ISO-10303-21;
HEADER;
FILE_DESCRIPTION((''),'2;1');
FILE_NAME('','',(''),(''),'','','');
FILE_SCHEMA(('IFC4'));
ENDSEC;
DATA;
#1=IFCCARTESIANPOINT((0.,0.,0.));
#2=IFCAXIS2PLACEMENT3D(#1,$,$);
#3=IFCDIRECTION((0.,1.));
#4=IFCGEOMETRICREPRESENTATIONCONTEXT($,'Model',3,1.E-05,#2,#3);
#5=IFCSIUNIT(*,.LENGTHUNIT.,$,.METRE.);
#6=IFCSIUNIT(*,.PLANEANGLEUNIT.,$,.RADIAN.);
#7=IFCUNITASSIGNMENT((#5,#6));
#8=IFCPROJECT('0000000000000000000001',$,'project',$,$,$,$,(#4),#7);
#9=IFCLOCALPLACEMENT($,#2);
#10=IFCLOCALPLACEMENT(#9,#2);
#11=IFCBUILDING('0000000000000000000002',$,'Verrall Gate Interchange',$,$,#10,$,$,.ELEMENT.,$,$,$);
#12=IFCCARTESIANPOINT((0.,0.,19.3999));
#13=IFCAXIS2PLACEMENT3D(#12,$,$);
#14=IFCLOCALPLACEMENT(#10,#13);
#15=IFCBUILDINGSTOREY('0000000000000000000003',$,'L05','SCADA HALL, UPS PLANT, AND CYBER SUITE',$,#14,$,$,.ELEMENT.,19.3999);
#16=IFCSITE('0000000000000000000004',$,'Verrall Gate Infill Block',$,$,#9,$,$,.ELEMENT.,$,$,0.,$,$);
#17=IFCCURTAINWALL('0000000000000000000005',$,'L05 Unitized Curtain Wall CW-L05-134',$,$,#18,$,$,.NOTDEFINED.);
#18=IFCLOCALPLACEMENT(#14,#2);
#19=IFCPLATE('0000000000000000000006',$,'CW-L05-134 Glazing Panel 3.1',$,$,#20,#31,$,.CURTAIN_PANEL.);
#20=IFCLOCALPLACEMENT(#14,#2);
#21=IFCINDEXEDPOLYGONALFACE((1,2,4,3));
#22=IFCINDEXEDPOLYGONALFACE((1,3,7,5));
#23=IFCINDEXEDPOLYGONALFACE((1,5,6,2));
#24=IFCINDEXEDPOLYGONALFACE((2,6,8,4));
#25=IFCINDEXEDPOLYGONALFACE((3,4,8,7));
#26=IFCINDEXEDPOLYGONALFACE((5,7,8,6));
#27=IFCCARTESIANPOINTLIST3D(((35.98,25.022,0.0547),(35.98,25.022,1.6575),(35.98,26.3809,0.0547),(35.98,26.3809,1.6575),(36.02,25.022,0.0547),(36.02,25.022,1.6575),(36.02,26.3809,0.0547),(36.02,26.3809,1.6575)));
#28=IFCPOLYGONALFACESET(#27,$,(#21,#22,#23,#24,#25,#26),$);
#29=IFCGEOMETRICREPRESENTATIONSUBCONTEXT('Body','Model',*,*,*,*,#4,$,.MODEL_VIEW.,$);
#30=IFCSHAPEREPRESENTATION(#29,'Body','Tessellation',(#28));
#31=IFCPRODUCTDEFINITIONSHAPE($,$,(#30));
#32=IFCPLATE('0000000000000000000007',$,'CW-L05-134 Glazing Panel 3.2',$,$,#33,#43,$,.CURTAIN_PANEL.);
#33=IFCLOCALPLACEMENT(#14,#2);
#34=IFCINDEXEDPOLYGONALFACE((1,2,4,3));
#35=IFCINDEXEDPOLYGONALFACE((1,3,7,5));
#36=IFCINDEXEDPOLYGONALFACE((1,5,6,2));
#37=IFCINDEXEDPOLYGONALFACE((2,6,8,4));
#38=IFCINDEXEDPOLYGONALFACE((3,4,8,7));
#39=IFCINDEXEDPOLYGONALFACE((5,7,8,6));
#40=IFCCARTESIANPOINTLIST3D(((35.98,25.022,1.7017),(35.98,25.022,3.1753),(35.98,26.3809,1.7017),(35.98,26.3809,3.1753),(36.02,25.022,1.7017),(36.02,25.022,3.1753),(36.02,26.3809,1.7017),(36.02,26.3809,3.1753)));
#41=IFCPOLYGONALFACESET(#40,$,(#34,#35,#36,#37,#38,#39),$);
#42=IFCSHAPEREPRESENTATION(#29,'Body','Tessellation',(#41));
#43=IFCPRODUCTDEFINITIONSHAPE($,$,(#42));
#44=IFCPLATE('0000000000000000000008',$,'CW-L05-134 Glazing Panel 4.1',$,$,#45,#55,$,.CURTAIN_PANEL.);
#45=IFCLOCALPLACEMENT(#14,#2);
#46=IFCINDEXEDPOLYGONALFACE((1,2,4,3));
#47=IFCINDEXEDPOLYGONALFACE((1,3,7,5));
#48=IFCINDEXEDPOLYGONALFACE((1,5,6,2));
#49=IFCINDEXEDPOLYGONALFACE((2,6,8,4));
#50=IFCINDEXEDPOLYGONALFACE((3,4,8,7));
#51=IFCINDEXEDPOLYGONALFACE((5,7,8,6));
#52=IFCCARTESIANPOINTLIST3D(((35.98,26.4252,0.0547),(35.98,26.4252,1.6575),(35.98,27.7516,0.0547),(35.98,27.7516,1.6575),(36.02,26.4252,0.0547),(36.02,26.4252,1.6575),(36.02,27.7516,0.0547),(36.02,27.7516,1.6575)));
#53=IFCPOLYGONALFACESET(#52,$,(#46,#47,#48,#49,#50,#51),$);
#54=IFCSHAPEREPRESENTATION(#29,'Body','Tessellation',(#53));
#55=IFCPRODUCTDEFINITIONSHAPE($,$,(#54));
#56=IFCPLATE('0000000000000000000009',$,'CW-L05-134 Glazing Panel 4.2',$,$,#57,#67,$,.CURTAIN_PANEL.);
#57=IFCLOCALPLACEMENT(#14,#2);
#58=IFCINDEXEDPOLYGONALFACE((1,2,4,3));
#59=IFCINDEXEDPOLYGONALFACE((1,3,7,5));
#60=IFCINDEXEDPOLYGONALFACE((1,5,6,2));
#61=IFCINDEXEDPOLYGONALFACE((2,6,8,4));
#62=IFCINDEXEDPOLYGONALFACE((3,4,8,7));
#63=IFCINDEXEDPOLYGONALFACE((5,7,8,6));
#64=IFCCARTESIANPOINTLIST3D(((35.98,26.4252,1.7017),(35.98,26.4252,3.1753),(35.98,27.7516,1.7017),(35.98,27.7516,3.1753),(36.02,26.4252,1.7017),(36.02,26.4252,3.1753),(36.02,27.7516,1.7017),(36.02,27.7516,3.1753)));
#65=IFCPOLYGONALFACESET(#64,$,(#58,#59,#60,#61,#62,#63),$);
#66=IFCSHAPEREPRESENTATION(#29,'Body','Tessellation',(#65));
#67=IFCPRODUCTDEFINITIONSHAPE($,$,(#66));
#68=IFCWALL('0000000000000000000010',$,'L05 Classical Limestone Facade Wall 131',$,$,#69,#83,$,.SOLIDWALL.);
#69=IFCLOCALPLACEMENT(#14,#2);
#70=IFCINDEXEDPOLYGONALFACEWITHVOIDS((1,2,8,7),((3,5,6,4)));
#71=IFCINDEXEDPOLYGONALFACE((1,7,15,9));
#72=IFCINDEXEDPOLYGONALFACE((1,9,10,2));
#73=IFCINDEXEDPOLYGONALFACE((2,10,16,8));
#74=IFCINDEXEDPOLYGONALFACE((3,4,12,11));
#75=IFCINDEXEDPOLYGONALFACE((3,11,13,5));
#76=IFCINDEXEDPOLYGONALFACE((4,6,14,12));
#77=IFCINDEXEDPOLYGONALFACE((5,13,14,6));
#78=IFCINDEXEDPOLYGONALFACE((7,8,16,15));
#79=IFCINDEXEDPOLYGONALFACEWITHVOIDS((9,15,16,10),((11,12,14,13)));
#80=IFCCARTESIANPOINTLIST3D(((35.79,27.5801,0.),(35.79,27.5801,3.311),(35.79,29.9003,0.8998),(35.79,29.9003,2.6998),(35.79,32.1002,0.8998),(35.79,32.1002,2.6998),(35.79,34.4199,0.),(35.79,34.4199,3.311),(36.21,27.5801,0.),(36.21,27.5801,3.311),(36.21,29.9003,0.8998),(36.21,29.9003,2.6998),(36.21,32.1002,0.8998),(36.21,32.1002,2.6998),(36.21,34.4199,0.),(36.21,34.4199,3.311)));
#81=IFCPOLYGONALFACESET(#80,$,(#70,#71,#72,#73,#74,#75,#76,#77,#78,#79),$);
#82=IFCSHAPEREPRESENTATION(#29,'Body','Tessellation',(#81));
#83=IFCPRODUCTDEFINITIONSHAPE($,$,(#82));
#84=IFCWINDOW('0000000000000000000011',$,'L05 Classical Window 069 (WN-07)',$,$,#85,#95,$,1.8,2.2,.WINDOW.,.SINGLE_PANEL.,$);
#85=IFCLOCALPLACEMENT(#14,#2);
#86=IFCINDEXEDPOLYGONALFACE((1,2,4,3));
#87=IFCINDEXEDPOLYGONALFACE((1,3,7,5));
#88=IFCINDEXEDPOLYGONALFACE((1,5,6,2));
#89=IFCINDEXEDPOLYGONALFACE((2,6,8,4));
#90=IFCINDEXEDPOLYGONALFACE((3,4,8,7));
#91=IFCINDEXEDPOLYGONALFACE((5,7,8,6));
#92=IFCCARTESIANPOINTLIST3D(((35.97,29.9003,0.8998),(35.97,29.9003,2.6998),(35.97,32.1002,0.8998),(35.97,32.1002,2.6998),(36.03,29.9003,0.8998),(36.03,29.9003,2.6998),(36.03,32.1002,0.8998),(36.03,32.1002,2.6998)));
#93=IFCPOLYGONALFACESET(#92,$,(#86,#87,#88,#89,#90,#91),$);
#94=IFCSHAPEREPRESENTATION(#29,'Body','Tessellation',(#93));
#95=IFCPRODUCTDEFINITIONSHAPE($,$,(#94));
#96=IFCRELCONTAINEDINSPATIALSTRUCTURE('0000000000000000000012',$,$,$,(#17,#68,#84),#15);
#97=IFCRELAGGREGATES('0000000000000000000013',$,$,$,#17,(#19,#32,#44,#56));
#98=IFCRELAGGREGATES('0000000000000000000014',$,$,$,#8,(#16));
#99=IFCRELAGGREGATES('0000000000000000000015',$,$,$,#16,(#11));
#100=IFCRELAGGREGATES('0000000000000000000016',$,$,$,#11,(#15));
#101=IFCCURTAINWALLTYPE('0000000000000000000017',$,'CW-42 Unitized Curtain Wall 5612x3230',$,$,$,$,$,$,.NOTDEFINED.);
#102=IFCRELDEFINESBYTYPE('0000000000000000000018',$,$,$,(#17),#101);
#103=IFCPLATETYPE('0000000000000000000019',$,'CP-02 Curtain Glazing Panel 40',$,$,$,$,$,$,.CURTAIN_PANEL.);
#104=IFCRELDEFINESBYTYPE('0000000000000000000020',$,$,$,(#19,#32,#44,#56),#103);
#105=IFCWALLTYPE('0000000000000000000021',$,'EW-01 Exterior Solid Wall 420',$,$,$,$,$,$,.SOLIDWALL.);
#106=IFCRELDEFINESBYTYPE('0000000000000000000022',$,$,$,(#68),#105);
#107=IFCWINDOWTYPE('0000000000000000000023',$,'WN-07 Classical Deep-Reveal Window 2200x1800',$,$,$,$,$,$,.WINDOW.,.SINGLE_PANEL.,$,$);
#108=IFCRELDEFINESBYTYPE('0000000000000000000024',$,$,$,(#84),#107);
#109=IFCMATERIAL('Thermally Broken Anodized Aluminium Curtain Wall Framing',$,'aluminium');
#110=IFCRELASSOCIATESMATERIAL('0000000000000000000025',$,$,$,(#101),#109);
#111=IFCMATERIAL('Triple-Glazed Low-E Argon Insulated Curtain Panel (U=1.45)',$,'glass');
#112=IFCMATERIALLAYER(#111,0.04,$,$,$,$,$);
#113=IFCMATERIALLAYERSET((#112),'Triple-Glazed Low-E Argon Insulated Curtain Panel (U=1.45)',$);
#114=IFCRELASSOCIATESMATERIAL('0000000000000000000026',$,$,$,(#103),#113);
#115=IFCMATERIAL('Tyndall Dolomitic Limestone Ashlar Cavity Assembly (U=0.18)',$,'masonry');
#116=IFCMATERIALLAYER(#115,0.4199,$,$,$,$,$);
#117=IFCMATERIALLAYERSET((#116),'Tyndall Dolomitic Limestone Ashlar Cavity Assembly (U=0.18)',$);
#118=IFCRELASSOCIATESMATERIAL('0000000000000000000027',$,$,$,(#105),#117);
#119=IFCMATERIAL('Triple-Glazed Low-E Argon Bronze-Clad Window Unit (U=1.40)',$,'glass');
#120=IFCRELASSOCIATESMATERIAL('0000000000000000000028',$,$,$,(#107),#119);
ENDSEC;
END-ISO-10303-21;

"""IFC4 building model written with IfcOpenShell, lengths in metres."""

from ifc_helpers import new_model, si_unit, direction, frame, frame_2d, origin, origin_2d, place, context, subcontext, project, spatial, rectangle, extrude, material, layer, layer_set, type_object, element, fill, aggregate, save


model = new_model("IFC4")

# Units and contexts
model_context = context("Model", 3, precision=1e-05, world=origin(), true_north=direction((0.0, 1.0)))
body_context = subcontext(model_context, "Body", "Model", "MODEL_VIEW")
ifc_project = project(units=[si_unit("LENGTHUNIT", "METRE"), si_unit("PLANEANGLEUNIT", "RADIAN")], contexts=[model_context])

# Site, building, storey
site_placement = place(None, origin())
site = spatial("IfcSite", under=ifc_project, at=site_placement, Name="Verrall Gate Infill Block", CompositionType="ELEMENT", RefElevation=0.0)
building_placement = place(site_placement, origin())
building = spatial("IfcBuilding", under=site, at=building_placement, Name="Verrall Gate Interchange", CompositionType="ELEMENT")
storey_placement = place(building_placement, frame((0.0, 0.0, 19.3999)))
storey = spatial("IfcBuildingStorey", under=building, at=storey_placement, Name="L05", Description="SCADA HALL, UPS PLANT, AND CYBER SUITE", CompositionType="ELEMENT", Elevation=19.3999)

# Curtain wall
ifc_material_1 = material(Name="Thermally Broken Anodized Aluminium Curtain Wall Framing", Category="aluminium")
curtain_wall_type = type_object("IfcCurtainWallType", Name="CW-42 Unitized Curtain Wall 5612x3230", PredefinedType="NOTDEFINED", material=ifc_material_1)
curtain_wall_placement = place(storey_placement, origin())
curtain_wall = element("IfcCurtainWall", 1, at=curtain_wall_placement, inside=storey, type_object=curtain_wall_type, Name="L05 Unitized Curtain Wall CW-L05-134", PredefinedType="NOTDEFINED")

# Plates
ifc_material_2 = material(Name="Triple-Glazed Low-E Argon Insulated Curtain Panel (U=1.45)", Category="glass")
ifc_layer_1 = layer(ifc_material_2, 0.04)
ifc_layer_set_1 = layer_set([ifc_layer_1], Name="Triple-Glazed Low-E Argon Insulated Curtain Panel (U=1.45)")
plate_type_1 = type_object("IfcPlateType", Name="CP-02 Curtain Glazing Panel 40", PredefinedType="CURTAIN_PANEL", material=ifc_layer_set_1)
plate_1_placement = place(storey_placement, frame((36.0, 25.7014, 0.0547), z_axis=(0.0, 0.0, 1.0), x_axis=(0.0, 1.0, 0.0)))
plate_1 = element("IfcPlate", 2, at=plate_1_placement, type_object=plate_type_1, Name="CW-L05-134 Glazing Panel 3.1", PredefinedType="CURTAIN_PANEL", context=body_context, shape_type="SweptSolid", body=[
    extrude(rectangle(XDim=1.3589, YDim=0.04, at=origin_2d()), origin(), (0.0, 0.0, 1.0), 1.6028),
])
plate_2_placement = place(storey_placement, frame((36.0, 25.7014, 1.7017), z_axis=(0.0, 0.0, 1.0), x_axis=(0.0, 1.0, 0.0)))
plate_2 = element("IfcPlate", 3, at=plate_2_placement, type_object=plate_type_1, Name="CW-L05-134 Glazing Panel 3.2", PredefinedType="CURTAIN_PANEL", context=body_context, shape_type="SweptSolid", body=[
    extrude(rectangle(XDim=1.3589, YDim=0.04, at=origin_2d()), origin(), (0.0, 0.0, 1.0), 1.4736),
])
plate_3_placement = place(storey_placement, frame((36.0, 27.0884, 0.0547), z_axis=(0.0, 0.0, 1.0), x_axis=(0.0, 1.0, 0.0)))
plate_3 = element("IfcPlate", 4, at=plate_3_placement, type_object=plate_type_1, Name="CW-L05-134 Glazing Panel 4.1", PredefinedType="CURTAIN_PANEL", context=body_context, shape_type="SweptSolid", body=[
    extrude(rectangle(XDim=1.3264, YDim=0.04, at=origin_2d()), origin(), (0.0, 0.0, 1.0), 1.6028),
])
plate_4_placement = place(storey_placement, frame((36.0, 27.0884, 1.7017), z_axis=(0.0, 0.0, 1.0), x_axis=(0.0, 1.0, 0.0)))
plate_4 = element("IfcPlate", 5, at=plate_4_placement, type_object=plate_type_1, Name="CW-L05-134 Glazing Panel 4.2", PredefinedType="CURTAIN_PANEL", context=body_context, shape_type="SweptSolid", body=[
    extrude(rectangle(XDim=1.3264, YDim=0.04, at=origin_2d()), origin(), (0.0, 0.0, 1.0), 1.4736),
])
aggregate(curtain_wall, [plate_1, plate_2, plate_3, plate_4])

# Wall, opening, window
ifc_material_3 = material(Name="Tyndall Dolomitic Limestone Ashlar Cavity Assembly (U=0.18)", Category="masonry")
ifc_layer_2 = layer(ifc_material_3, 0.4199)
ifc_layer_set_2 = layer_set([ifc_layer_2], Name="Tyndall Dolomitic Limestone Ashlar Cavity Assembly (U=0.18)")
wall_type = type_object("IfcWallType", Name="EW-01 Exterior Solid Wall 420", PredefinedType="SOLIDWALL", material=ifc_layer_set_2)
wall_placement = place(storey_placement, frame((36.0, 27.5801, 0.0), z_axis=(0.0, 0.0, 1.0), x_axis=(0.0, 1.0, 0.0)))
wall = element("IfcWall", 6, at=wall_placement, inside=storey, type_object=wall_type, Name="L05 Classical Limestone Facade Wall 131", PredefinedType="SOLIDWALL", context=body_context, shape_type="SweptSolid", body=[
    extrude(rectangle(XDim=6.8398, YDim=0.4199, at=frame_2d((3.4199, 0.0))), origin(), (0.0, 0.0, 1.0), 3.311),
])
opening_placement = place(wall_placement, frame((2.3201, 0.0, 0.8999)))
opening = element("IfcOpeningElement", 7, at=opening_placement, cuts=wall, PredefinedType="OPENING", context=body_context, shape_type="SweptSolid", body=[
    extrude(rectangle(XDim=2.2, YDim=1.8, at=frame_2d((1.1001, 0.8999))), frame((0.0, 0.2249, 0.0), z_axis=(0.0, -1.0, 0.0), x_axis=(1.0, 0.0, 0.0)), (0.0, 0.0, 1.0), 0.4497),
])
ifc_material_4 = material(Name="Triple-Glazed Low-E Argon Bronze-Clad Window Unit (U=1.40)", Category="glass")
window_type = type_object("IfcWindowType", Name="WN-07 Classical Deep-Reveal Window 2200x1800", PartitioningType="SINGLE_PANEL", PredefinedType="WINDOW", material=ifc_material_4)
window_placement = place(opening_placement, origin())
window = element("IfcWindow", 8, at=window_placement, inside=storey, type_object=window_type, Name="L05 Classical Window 069 (WN-07)", OverallHeight=1.8, OverallWidth=2.2, PartitioningType="SINGLE_PANEL", PredefinedType="WINDOW", context=body_context, shape_type="SweptSolid", body=[
    extrude(rectangle(XDim=2.2, YDim=1.8, at=frame_2d((1.1001, 0.8999))), frame((0.0, 0.03, 0.0), z_axis=(0.0, -1.0, 0.0), x_axis=(1.0, 0.0, 0.0)), (0.0, 0.0, 1.0), 0.0601),
])
fill(opening, window)

save(model, "model.ifc")
